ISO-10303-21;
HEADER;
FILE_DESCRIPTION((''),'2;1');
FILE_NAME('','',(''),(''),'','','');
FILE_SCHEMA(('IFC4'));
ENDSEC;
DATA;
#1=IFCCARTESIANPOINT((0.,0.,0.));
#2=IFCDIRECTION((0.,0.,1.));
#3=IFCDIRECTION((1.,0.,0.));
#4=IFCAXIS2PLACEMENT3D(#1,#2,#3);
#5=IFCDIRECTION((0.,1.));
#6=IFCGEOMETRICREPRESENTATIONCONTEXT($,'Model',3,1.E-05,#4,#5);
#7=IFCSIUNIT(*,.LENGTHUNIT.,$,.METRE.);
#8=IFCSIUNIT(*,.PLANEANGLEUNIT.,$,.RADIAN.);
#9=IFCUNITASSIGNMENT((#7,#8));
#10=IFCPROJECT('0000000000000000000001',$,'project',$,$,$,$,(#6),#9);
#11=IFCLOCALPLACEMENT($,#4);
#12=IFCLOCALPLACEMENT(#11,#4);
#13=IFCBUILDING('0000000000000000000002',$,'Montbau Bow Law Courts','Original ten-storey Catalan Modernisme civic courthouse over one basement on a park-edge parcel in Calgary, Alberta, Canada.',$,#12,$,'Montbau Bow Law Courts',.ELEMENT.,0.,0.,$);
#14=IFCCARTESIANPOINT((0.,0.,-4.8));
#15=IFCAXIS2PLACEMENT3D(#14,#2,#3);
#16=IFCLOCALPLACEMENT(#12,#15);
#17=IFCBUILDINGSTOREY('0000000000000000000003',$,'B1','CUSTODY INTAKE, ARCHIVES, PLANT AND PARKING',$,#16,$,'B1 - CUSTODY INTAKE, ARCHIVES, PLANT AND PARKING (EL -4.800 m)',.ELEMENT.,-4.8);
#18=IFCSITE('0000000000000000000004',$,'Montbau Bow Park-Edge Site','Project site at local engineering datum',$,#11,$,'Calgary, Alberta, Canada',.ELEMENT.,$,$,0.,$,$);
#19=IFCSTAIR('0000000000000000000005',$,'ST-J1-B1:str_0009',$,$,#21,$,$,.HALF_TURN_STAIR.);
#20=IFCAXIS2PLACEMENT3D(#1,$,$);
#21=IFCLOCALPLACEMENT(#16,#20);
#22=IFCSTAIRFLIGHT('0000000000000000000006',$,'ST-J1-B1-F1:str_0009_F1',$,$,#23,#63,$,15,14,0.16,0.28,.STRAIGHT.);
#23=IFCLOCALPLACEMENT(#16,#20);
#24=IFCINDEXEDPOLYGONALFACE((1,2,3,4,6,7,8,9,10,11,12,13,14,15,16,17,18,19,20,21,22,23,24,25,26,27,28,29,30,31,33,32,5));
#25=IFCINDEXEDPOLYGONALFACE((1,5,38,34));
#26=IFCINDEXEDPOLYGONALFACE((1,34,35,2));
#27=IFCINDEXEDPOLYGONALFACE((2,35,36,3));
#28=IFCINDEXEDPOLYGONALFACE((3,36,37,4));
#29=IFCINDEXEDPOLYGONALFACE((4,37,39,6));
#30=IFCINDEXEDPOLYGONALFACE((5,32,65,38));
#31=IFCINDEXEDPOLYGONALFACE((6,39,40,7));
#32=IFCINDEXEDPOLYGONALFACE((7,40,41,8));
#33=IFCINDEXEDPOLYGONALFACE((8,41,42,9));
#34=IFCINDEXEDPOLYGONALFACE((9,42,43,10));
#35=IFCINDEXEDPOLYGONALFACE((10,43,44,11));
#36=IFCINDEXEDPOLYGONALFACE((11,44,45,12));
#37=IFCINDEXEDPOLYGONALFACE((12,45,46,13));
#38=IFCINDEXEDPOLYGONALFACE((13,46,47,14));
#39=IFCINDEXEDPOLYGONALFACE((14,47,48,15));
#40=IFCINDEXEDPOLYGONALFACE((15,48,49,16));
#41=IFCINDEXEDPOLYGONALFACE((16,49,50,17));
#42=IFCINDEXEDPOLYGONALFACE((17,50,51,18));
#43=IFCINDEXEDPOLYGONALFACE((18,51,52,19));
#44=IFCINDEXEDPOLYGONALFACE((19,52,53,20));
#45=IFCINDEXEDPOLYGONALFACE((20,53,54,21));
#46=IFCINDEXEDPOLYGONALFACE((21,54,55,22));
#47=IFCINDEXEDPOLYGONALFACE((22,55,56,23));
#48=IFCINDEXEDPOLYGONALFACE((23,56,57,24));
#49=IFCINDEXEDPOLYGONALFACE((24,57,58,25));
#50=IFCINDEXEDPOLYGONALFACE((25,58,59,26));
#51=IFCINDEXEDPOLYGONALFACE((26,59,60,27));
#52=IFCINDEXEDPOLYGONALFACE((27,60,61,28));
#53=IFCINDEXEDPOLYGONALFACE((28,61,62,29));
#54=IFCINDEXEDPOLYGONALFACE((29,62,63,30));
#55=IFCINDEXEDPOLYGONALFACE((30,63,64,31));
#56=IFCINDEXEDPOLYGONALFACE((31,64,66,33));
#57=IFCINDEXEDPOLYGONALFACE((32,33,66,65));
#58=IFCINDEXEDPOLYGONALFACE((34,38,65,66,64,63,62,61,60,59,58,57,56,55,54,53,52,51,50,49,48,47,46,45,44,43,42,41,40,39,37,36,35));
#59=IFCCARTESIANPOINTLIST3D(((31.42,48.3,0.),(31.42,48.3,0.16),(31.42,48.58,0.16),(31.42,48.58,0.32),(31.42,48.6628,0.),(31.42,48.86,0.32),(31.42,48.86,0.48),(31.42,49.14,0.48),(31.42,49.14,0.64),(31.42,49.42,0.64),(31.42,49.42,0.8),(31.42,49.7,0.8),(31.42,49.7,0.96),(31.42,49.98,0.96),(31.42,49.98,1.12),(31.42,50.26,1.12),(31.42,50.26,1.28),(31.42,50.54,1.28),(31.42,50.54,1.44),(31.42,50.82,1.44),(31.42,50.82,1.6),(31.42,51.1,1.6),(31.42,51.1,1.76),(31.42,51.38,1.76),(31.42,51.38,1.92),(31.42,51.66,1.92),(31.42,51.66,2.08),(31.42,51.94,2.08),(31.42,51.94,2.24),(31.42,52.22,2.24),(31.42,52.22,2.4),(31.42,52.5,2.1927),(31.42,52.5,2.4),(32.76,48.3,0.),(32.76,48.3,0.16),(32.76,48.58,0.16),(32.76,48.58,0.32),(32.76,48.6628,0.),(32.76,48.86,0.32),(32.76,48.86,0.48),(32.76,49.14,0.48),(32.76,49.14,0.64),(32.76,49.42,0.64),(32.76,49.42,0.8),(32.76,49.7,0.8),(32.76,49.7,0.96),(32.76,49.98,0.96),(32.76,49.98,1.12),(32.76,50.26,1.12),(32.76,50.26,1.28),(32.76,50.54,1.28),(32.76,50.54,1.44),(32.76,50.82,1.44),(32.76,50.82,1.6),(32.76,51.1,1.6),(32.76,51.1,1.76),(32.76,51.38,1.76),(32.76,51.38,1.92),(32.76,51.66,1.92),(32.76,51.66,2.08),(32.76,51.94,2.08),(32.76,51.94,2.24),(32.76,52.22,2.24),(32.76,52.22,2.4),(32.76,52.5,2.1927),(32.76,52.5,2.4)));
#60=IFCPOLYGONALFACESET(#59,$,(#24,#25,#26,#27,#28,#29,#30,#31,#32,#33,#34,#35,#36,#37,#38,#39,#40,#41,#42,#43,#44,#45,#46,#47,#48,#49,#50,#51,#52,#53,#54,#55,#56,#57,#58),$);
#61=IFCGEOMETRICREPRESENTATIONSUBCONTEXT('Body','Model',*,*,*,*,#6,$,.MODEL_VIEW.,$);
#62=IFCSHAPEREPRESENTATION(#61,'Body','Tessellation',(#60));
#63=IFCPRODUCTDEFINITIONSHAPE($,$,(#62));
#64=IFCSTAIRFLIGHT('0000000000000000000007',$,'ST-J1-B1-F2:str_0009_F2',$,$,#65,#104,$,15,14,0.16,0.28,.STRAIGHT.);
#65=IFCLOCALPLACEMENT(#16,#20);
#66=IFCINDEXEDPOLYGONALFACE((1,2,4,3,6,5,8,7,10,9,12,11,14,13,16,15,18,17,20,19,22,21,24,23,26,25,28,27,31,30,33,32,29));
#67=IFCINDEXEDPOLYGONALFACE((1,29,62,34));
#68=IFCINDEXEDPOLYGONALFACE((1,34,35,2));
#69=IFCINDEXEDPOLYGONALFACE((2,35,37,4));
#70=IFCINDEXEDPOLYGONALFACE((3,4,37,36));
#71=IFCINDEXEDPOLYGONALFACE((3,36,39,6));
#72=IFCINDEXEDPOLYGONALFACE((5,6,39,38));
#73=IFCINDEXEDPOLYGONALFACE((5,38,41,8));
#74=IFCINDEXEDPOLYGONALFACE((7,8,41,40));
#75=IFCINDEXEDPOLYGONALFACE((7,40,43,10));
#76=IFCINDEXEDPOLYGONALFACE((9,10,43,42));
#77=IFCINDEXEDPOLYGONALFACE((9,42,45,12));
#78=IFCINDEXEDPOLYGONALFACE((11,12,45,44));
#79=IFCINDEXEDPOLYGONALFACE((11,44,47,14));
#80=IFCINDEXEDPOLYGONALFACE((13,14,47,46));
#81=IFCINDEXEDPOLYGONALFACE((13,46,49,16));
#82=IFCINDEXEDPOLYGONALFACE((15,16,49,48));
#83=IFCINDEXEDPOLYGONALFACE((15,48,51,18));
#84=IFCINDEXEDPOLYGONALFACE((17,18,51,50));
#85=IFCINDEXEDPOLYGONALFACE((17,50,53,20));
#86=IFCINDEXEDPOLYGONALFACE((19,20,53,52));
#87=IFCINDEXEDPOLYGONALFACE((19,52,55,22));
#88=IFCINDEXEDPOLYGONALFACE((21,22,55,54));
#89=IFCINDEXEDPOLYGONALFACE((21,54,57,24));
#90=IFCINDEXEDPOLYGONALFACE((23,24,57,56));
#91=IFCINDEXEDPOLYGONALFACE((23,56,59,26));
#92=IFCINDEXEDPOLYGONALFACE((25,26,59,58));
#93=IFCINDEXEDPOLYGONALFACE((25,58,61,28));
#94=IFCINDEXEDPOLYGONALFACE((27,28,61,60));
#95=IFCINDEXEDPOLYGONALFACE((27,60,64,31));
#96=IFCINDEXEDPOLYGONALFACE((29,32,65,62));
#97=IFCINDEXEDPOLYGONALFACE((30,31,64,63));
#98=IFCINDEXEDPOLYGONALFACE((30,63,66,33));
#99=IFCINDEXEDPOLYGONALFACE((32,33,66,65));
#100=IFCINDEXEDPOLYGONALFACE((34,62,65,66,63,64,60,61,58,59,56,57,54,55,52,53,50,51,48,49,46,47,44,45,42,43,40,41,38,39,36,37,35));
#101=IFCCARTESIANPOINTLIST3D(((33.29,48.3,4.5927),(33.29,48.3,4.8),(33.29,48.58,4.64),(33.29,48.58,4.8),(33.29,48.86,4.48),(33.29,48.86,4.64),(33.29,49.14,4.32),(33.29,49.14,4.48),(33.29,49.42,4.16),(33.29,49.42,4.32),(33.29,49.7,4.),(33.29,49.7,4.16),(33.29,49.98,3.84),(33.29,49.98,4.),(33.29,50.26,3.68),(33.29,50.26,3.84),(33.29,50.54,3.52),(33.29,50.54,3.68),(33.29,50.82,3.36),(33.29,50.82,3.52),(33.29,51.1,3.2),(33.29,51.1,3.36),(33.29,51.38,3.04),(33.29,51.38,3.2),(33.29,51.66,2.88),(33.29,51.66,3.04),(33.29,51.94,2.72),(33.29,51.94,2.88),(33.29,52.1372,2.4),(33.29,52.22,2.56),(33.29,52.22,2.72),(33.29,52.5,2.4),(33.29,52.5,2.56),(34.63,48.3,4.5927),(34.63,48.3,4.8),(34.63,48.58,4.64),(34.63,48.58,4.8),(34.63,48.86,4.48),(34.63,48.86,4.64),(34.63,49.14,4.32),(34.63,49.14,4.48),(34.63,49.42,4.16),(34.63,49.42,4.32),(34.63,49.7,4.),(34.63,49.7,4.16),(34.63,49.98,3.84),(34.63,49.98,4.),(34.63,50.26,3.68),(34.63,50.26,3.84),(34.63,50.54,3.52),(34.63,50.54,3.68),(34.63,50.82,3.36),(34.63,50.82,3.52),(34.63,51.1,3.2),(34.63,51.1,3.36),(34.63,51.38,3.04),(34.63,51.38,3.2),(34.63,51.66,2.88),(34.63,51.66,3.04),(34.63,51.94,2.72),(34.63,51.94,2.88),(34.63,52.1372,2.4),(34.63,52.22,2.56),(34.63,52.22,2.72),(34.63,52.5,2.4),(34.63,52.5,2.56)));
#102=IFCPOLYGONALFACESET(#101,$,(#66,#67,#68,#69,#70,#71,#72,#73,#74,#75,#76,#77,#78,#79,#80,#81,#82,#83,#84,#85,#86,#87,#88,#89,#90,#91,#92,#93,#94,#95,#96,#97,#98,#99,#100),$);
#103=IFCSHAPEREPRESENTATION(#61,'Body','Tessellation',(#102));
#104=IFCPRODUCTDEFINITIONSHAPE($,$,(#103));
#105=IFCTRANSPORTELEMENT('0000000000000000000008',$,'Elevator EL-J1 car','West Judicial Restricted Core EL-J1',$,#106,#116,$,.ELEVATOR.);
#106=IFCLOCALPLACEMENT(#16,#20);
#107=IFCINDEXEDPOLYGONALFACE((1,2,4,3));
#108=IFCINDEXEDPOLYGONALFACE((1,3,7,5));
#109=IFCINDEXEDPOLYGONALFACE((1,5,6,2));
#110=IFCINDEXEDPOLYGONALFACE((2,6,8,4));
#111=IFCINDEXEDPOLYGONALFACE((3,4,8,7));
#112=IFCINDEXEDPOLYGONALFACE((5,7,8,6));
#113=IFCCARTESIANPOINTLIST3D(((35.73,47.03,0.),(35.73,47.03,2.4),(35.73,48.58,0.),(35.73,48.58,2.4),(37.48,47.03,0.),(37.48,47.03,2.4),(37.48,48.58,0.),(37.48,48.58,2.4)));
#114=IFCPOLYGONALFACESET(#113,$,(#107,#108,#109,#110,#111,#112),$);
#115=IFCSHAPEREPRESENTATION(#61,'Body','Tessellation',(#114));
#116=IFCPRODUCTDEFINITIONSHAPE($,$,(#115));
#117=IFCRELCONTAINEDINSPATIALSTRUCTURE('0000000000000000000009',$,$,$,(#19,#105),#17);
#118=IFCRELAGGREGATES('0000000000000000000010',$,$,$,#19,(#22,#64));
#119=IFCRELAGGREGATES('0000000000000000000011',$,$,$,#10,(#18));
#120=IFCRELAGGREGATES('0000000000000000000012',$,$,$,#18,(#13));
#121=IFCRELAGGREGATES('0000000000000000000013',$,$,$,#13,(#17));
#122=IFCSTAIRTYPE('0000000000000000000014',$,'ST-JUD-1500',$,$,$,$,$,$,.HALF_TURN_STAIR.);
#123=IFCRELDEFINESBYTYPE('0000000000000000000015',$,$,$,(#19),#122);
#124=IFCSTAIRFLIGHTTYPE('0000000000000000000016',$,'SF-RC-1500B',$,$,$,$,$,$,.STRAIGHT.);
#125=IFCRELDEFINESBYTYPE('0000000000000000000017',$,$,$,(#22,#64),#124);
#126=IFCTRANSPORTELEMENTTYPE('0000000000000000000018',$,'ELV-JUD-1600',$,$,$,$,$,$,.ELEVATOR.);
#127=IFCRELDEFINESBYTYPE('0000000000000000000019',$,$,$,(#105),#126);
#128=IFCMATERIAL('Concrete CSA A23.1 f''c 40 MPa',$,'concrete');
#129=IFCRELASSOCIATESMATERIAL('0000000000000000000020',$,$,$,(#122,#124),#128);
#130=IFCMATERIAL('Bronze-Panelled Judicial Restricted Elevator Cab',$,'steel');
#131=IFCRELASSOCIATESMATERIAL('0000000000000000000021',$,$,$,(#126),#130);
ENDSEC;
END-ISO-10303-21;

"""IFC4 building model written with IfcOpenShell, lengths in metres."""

from ifc_helpers import new_model, si_unit, direction, frame, origin_with_axes, origin_2d_with_axis, place, context, subcontext, project, spatial, polyline, rectangle, outline, extrude, material, type_object, element, aggregate, save


model = new_model("IFC4")

# Units and contexts
model_context = context("Model", 3, precision=1e-05, world=origin_with_axes(), true_north=direction((0.0, 1.0)))
body_context = subcontext(model_context, "Body", "Model", "MODEL_VIEW")
ifc_project = project(units=[si_unit("LENGTHUNIT", "METRE"), si_unit("PLANEANGLEUNIT", "RADIAN")], contexts=[model_context])

# Site, building, storey
site_placement = place(None, origin_with_axes())
site = spatial("IfcSite", under=ifc_project, at=site_placement, Name="Montbau Bow Park-Edge Site", Description="Project site at local engineering datum", LongName="Calgary, Alberta, Canada", CompositionType="ELEMENT", RefElevation=0.0)
building_placement = place(site_placement, origin_with_axes())
building = spatial("IfcBuilding", under=site, at=building_placement, Name="Montbau Bow Law Courts", Description="Original ten-storey Catalan Modernisme civic courthouse over one basement on a park-edge parcel in Calgary, Alberta, Canada.", LongName="Montbau Bow Law Courts", CompositionType="ELEMENT", ElevationOfRefHeight=0.0, ElevationOfTerrain=0.0)
storey_placement = place(building_placement, frame((0.0, 0.0, -4.8), z_axis=(0.0, 0.0, 1.0), x_axis=(1.0, 0.0, 0.0)))
storey = spatial("IfcBuildingStorey", under=building, at=storey_placement, Name="B1", Description="CUSTODY INTAKE, ARCHIVES, PLANT AND PARKING", LongName="B1 - CUSTODY INTAKE, ARCHIVES, PLANT AND PARKING (EL -4.800 m)", CompositionType="ELEMENT", Elevation=-4.8)

# Shared definitions
ifc_material_1 = material(Name="Concrete CSA A23.1 f'c 40 MPa", Category="concrete")

# Stair, stair flights
stair_type = type_object("IfcStairType", Name="ST-JUD-1500", PredefinedType="HALF_TURN_STAIR", material=ifc_material_1)
stair_placement = place(None, frame((32.09, 48.3, -4.8), z_axis=(0.0, 0.0, 1.0), x_axis=(1.0, 0.0, 0.0)))
stair = element("IfcStair", 1, at=stair_placement, inside=storey, type_object=stair_type, Name="ST-J1-B1:str_0009", PredefinedType="HALF_TURN_STAIR")
stair_flight_type = type_object("IfcStairFlightType", Name="SF-RC-1500B", PredefinedType="STRAIGHT", material=ifc_material_1)
stair_flight_1_placement = place(None, frame((32.09, 48.3, -4.8), z_axis=(0.0, 0.0, 1.0), x_axis=(0.0, 1.0, 0.0)))
stair_flight_1 = element("IfcStairFlight", 2, at=stair_flight_1_placement, type_object=stair_flight_type, Name="ST-J1-B1-F1:str_0009_F1", NumberOfRisers=15, NumberOfTreads=14, PredefinedType="STRAIGHT", RiserHeight=0.16, TreadLength=0.28, context=body_context, shape_type="SweptSolid", body=[
    extrude(outline(polyline([(0.0, 0.0), (0.0, 0.16), (0.28, 0.16), (0.28, 0.32), (0.56, 0.32), (0.56, 0.48), (0.84, 0.48), (0.84, 0.64), (1.12, 0.64), (1.12, 0.8), (1.4, 0.8), (1.4, 0.96), (1.68, 0.96), (1.68, 1.12), (1.96, 1.12), (1.96, 1.28), (2.24, 1.28), (2.24, 1.44), (2.52, 1.44), (2.52, 1.6), (2.8, 1.6), (2.8, 1.76), (3.08, 1.76), (3.08, 1.92), (3.36, 1.92), (3.36, 2.08), (3.64, 2.08), (3.64, 2.24), (3.92, 2.24), (3.92, 2.4), (4.2, 2.4), (4.2, 2.1927), (0.3628, 0.0), (0.0, 0.0)])), frame((0.0, 0.67, 0.0), z_axis=(0.0, -1.0, 0.0), x_axis=(1.0, 0.0, 0.0)), (0.0, 0.0, 1.0), 1.34),
])
stair_flight_2_placement = place(None, frame((33.96, 52.5, -2.4), z_axis=(0.0, 0.0, 1.0), x_axis=(0.0, -1.0, 0.0)))
stair_flight_2 = element("IfcStairFlight", 3, at=stair_flight_2_placement, type_object=stair_flight_type, Name="ST-J1-B1-F2:str_0009_F2", NumberOfRisers=15, NumberOfTreads=14, PredefinedType="STRAIGHT", RiserHeight=0.16, TreadLength=0.28, context=body_context, shape_type="SweptSolid", body=[
    extrude(outline(polyline([(0.0, 0.0), (0.0, 0.16), (0.28, 0.16), (0.28, 0.32), (0.56, 0.32), (0.56, 0.48), (0.84, 0.48), (0.84, 0.64), (1.12, 0.64), (1.12, 0.8), (1.4, 0.8), (1.4, 0.96), (1.68, 0.96), (1.68, 1.12), (1.96, 1.12), (1.96, 1.28), (2.24, 1.28), (2.24, 1.44), (2.52, 1.44), (2.52, 1.6), (2.8, 1.6), (2.8, 1.76), (3.08, 1.76), (3.08, 1.92), (3.36, 1.92), (3.36, 2.08), (3.64, 2.08), (3.64, 2.24), (3.92, 2.24), (3.92, 2.4), (4.2, 2.4), (4.2, 2.1927), (0.3628, 0.0), (0.0, 0.0)])), frame((0.0, 0.67, 0.0), z_axis=(0.0, -1.0, 0.0), x_axis=(1.0, 0.0, 0.0)), (0.0, 0.0, 1.0), 1.34),
])
aggregate(stair, [stair_flight_1, stair_flight_2])

# Transport element
ifc_material_2 = material(Name="Bronze-Panelled Judicial Restricted Elevator Cab", Category="steel")
transport_element_type = type_object("IfcTransportElementType", Name="ELV-JUD-1600", PredefinedType="ELEVATOR", material=ifc_material_2)
transport_element_placement = place(None, frame((36.605, 47.805, -4.8), z_axis=(0.0, 0.0, 1.0), x_axis=(1.0, 0.0, 0.0)))
element("IfcTransportElement", 4, at=transport_element_placement, inside=storey, type_object=transport_element_type, Name="Elevator EL-J1 car", Description="West Judicial Restricted Core EL-J1", PredefinedType="ELEVATOR", context=body_context, shape_type="SweptSolid", body=[
    extrude(rectangle(XDim=1.75, YDim=1.55, at=origin_2d_with_axis()), origin_with_axes(), (0.0, 0.0, 1.0), 2.4),
])

save(model, "model.ifc")
